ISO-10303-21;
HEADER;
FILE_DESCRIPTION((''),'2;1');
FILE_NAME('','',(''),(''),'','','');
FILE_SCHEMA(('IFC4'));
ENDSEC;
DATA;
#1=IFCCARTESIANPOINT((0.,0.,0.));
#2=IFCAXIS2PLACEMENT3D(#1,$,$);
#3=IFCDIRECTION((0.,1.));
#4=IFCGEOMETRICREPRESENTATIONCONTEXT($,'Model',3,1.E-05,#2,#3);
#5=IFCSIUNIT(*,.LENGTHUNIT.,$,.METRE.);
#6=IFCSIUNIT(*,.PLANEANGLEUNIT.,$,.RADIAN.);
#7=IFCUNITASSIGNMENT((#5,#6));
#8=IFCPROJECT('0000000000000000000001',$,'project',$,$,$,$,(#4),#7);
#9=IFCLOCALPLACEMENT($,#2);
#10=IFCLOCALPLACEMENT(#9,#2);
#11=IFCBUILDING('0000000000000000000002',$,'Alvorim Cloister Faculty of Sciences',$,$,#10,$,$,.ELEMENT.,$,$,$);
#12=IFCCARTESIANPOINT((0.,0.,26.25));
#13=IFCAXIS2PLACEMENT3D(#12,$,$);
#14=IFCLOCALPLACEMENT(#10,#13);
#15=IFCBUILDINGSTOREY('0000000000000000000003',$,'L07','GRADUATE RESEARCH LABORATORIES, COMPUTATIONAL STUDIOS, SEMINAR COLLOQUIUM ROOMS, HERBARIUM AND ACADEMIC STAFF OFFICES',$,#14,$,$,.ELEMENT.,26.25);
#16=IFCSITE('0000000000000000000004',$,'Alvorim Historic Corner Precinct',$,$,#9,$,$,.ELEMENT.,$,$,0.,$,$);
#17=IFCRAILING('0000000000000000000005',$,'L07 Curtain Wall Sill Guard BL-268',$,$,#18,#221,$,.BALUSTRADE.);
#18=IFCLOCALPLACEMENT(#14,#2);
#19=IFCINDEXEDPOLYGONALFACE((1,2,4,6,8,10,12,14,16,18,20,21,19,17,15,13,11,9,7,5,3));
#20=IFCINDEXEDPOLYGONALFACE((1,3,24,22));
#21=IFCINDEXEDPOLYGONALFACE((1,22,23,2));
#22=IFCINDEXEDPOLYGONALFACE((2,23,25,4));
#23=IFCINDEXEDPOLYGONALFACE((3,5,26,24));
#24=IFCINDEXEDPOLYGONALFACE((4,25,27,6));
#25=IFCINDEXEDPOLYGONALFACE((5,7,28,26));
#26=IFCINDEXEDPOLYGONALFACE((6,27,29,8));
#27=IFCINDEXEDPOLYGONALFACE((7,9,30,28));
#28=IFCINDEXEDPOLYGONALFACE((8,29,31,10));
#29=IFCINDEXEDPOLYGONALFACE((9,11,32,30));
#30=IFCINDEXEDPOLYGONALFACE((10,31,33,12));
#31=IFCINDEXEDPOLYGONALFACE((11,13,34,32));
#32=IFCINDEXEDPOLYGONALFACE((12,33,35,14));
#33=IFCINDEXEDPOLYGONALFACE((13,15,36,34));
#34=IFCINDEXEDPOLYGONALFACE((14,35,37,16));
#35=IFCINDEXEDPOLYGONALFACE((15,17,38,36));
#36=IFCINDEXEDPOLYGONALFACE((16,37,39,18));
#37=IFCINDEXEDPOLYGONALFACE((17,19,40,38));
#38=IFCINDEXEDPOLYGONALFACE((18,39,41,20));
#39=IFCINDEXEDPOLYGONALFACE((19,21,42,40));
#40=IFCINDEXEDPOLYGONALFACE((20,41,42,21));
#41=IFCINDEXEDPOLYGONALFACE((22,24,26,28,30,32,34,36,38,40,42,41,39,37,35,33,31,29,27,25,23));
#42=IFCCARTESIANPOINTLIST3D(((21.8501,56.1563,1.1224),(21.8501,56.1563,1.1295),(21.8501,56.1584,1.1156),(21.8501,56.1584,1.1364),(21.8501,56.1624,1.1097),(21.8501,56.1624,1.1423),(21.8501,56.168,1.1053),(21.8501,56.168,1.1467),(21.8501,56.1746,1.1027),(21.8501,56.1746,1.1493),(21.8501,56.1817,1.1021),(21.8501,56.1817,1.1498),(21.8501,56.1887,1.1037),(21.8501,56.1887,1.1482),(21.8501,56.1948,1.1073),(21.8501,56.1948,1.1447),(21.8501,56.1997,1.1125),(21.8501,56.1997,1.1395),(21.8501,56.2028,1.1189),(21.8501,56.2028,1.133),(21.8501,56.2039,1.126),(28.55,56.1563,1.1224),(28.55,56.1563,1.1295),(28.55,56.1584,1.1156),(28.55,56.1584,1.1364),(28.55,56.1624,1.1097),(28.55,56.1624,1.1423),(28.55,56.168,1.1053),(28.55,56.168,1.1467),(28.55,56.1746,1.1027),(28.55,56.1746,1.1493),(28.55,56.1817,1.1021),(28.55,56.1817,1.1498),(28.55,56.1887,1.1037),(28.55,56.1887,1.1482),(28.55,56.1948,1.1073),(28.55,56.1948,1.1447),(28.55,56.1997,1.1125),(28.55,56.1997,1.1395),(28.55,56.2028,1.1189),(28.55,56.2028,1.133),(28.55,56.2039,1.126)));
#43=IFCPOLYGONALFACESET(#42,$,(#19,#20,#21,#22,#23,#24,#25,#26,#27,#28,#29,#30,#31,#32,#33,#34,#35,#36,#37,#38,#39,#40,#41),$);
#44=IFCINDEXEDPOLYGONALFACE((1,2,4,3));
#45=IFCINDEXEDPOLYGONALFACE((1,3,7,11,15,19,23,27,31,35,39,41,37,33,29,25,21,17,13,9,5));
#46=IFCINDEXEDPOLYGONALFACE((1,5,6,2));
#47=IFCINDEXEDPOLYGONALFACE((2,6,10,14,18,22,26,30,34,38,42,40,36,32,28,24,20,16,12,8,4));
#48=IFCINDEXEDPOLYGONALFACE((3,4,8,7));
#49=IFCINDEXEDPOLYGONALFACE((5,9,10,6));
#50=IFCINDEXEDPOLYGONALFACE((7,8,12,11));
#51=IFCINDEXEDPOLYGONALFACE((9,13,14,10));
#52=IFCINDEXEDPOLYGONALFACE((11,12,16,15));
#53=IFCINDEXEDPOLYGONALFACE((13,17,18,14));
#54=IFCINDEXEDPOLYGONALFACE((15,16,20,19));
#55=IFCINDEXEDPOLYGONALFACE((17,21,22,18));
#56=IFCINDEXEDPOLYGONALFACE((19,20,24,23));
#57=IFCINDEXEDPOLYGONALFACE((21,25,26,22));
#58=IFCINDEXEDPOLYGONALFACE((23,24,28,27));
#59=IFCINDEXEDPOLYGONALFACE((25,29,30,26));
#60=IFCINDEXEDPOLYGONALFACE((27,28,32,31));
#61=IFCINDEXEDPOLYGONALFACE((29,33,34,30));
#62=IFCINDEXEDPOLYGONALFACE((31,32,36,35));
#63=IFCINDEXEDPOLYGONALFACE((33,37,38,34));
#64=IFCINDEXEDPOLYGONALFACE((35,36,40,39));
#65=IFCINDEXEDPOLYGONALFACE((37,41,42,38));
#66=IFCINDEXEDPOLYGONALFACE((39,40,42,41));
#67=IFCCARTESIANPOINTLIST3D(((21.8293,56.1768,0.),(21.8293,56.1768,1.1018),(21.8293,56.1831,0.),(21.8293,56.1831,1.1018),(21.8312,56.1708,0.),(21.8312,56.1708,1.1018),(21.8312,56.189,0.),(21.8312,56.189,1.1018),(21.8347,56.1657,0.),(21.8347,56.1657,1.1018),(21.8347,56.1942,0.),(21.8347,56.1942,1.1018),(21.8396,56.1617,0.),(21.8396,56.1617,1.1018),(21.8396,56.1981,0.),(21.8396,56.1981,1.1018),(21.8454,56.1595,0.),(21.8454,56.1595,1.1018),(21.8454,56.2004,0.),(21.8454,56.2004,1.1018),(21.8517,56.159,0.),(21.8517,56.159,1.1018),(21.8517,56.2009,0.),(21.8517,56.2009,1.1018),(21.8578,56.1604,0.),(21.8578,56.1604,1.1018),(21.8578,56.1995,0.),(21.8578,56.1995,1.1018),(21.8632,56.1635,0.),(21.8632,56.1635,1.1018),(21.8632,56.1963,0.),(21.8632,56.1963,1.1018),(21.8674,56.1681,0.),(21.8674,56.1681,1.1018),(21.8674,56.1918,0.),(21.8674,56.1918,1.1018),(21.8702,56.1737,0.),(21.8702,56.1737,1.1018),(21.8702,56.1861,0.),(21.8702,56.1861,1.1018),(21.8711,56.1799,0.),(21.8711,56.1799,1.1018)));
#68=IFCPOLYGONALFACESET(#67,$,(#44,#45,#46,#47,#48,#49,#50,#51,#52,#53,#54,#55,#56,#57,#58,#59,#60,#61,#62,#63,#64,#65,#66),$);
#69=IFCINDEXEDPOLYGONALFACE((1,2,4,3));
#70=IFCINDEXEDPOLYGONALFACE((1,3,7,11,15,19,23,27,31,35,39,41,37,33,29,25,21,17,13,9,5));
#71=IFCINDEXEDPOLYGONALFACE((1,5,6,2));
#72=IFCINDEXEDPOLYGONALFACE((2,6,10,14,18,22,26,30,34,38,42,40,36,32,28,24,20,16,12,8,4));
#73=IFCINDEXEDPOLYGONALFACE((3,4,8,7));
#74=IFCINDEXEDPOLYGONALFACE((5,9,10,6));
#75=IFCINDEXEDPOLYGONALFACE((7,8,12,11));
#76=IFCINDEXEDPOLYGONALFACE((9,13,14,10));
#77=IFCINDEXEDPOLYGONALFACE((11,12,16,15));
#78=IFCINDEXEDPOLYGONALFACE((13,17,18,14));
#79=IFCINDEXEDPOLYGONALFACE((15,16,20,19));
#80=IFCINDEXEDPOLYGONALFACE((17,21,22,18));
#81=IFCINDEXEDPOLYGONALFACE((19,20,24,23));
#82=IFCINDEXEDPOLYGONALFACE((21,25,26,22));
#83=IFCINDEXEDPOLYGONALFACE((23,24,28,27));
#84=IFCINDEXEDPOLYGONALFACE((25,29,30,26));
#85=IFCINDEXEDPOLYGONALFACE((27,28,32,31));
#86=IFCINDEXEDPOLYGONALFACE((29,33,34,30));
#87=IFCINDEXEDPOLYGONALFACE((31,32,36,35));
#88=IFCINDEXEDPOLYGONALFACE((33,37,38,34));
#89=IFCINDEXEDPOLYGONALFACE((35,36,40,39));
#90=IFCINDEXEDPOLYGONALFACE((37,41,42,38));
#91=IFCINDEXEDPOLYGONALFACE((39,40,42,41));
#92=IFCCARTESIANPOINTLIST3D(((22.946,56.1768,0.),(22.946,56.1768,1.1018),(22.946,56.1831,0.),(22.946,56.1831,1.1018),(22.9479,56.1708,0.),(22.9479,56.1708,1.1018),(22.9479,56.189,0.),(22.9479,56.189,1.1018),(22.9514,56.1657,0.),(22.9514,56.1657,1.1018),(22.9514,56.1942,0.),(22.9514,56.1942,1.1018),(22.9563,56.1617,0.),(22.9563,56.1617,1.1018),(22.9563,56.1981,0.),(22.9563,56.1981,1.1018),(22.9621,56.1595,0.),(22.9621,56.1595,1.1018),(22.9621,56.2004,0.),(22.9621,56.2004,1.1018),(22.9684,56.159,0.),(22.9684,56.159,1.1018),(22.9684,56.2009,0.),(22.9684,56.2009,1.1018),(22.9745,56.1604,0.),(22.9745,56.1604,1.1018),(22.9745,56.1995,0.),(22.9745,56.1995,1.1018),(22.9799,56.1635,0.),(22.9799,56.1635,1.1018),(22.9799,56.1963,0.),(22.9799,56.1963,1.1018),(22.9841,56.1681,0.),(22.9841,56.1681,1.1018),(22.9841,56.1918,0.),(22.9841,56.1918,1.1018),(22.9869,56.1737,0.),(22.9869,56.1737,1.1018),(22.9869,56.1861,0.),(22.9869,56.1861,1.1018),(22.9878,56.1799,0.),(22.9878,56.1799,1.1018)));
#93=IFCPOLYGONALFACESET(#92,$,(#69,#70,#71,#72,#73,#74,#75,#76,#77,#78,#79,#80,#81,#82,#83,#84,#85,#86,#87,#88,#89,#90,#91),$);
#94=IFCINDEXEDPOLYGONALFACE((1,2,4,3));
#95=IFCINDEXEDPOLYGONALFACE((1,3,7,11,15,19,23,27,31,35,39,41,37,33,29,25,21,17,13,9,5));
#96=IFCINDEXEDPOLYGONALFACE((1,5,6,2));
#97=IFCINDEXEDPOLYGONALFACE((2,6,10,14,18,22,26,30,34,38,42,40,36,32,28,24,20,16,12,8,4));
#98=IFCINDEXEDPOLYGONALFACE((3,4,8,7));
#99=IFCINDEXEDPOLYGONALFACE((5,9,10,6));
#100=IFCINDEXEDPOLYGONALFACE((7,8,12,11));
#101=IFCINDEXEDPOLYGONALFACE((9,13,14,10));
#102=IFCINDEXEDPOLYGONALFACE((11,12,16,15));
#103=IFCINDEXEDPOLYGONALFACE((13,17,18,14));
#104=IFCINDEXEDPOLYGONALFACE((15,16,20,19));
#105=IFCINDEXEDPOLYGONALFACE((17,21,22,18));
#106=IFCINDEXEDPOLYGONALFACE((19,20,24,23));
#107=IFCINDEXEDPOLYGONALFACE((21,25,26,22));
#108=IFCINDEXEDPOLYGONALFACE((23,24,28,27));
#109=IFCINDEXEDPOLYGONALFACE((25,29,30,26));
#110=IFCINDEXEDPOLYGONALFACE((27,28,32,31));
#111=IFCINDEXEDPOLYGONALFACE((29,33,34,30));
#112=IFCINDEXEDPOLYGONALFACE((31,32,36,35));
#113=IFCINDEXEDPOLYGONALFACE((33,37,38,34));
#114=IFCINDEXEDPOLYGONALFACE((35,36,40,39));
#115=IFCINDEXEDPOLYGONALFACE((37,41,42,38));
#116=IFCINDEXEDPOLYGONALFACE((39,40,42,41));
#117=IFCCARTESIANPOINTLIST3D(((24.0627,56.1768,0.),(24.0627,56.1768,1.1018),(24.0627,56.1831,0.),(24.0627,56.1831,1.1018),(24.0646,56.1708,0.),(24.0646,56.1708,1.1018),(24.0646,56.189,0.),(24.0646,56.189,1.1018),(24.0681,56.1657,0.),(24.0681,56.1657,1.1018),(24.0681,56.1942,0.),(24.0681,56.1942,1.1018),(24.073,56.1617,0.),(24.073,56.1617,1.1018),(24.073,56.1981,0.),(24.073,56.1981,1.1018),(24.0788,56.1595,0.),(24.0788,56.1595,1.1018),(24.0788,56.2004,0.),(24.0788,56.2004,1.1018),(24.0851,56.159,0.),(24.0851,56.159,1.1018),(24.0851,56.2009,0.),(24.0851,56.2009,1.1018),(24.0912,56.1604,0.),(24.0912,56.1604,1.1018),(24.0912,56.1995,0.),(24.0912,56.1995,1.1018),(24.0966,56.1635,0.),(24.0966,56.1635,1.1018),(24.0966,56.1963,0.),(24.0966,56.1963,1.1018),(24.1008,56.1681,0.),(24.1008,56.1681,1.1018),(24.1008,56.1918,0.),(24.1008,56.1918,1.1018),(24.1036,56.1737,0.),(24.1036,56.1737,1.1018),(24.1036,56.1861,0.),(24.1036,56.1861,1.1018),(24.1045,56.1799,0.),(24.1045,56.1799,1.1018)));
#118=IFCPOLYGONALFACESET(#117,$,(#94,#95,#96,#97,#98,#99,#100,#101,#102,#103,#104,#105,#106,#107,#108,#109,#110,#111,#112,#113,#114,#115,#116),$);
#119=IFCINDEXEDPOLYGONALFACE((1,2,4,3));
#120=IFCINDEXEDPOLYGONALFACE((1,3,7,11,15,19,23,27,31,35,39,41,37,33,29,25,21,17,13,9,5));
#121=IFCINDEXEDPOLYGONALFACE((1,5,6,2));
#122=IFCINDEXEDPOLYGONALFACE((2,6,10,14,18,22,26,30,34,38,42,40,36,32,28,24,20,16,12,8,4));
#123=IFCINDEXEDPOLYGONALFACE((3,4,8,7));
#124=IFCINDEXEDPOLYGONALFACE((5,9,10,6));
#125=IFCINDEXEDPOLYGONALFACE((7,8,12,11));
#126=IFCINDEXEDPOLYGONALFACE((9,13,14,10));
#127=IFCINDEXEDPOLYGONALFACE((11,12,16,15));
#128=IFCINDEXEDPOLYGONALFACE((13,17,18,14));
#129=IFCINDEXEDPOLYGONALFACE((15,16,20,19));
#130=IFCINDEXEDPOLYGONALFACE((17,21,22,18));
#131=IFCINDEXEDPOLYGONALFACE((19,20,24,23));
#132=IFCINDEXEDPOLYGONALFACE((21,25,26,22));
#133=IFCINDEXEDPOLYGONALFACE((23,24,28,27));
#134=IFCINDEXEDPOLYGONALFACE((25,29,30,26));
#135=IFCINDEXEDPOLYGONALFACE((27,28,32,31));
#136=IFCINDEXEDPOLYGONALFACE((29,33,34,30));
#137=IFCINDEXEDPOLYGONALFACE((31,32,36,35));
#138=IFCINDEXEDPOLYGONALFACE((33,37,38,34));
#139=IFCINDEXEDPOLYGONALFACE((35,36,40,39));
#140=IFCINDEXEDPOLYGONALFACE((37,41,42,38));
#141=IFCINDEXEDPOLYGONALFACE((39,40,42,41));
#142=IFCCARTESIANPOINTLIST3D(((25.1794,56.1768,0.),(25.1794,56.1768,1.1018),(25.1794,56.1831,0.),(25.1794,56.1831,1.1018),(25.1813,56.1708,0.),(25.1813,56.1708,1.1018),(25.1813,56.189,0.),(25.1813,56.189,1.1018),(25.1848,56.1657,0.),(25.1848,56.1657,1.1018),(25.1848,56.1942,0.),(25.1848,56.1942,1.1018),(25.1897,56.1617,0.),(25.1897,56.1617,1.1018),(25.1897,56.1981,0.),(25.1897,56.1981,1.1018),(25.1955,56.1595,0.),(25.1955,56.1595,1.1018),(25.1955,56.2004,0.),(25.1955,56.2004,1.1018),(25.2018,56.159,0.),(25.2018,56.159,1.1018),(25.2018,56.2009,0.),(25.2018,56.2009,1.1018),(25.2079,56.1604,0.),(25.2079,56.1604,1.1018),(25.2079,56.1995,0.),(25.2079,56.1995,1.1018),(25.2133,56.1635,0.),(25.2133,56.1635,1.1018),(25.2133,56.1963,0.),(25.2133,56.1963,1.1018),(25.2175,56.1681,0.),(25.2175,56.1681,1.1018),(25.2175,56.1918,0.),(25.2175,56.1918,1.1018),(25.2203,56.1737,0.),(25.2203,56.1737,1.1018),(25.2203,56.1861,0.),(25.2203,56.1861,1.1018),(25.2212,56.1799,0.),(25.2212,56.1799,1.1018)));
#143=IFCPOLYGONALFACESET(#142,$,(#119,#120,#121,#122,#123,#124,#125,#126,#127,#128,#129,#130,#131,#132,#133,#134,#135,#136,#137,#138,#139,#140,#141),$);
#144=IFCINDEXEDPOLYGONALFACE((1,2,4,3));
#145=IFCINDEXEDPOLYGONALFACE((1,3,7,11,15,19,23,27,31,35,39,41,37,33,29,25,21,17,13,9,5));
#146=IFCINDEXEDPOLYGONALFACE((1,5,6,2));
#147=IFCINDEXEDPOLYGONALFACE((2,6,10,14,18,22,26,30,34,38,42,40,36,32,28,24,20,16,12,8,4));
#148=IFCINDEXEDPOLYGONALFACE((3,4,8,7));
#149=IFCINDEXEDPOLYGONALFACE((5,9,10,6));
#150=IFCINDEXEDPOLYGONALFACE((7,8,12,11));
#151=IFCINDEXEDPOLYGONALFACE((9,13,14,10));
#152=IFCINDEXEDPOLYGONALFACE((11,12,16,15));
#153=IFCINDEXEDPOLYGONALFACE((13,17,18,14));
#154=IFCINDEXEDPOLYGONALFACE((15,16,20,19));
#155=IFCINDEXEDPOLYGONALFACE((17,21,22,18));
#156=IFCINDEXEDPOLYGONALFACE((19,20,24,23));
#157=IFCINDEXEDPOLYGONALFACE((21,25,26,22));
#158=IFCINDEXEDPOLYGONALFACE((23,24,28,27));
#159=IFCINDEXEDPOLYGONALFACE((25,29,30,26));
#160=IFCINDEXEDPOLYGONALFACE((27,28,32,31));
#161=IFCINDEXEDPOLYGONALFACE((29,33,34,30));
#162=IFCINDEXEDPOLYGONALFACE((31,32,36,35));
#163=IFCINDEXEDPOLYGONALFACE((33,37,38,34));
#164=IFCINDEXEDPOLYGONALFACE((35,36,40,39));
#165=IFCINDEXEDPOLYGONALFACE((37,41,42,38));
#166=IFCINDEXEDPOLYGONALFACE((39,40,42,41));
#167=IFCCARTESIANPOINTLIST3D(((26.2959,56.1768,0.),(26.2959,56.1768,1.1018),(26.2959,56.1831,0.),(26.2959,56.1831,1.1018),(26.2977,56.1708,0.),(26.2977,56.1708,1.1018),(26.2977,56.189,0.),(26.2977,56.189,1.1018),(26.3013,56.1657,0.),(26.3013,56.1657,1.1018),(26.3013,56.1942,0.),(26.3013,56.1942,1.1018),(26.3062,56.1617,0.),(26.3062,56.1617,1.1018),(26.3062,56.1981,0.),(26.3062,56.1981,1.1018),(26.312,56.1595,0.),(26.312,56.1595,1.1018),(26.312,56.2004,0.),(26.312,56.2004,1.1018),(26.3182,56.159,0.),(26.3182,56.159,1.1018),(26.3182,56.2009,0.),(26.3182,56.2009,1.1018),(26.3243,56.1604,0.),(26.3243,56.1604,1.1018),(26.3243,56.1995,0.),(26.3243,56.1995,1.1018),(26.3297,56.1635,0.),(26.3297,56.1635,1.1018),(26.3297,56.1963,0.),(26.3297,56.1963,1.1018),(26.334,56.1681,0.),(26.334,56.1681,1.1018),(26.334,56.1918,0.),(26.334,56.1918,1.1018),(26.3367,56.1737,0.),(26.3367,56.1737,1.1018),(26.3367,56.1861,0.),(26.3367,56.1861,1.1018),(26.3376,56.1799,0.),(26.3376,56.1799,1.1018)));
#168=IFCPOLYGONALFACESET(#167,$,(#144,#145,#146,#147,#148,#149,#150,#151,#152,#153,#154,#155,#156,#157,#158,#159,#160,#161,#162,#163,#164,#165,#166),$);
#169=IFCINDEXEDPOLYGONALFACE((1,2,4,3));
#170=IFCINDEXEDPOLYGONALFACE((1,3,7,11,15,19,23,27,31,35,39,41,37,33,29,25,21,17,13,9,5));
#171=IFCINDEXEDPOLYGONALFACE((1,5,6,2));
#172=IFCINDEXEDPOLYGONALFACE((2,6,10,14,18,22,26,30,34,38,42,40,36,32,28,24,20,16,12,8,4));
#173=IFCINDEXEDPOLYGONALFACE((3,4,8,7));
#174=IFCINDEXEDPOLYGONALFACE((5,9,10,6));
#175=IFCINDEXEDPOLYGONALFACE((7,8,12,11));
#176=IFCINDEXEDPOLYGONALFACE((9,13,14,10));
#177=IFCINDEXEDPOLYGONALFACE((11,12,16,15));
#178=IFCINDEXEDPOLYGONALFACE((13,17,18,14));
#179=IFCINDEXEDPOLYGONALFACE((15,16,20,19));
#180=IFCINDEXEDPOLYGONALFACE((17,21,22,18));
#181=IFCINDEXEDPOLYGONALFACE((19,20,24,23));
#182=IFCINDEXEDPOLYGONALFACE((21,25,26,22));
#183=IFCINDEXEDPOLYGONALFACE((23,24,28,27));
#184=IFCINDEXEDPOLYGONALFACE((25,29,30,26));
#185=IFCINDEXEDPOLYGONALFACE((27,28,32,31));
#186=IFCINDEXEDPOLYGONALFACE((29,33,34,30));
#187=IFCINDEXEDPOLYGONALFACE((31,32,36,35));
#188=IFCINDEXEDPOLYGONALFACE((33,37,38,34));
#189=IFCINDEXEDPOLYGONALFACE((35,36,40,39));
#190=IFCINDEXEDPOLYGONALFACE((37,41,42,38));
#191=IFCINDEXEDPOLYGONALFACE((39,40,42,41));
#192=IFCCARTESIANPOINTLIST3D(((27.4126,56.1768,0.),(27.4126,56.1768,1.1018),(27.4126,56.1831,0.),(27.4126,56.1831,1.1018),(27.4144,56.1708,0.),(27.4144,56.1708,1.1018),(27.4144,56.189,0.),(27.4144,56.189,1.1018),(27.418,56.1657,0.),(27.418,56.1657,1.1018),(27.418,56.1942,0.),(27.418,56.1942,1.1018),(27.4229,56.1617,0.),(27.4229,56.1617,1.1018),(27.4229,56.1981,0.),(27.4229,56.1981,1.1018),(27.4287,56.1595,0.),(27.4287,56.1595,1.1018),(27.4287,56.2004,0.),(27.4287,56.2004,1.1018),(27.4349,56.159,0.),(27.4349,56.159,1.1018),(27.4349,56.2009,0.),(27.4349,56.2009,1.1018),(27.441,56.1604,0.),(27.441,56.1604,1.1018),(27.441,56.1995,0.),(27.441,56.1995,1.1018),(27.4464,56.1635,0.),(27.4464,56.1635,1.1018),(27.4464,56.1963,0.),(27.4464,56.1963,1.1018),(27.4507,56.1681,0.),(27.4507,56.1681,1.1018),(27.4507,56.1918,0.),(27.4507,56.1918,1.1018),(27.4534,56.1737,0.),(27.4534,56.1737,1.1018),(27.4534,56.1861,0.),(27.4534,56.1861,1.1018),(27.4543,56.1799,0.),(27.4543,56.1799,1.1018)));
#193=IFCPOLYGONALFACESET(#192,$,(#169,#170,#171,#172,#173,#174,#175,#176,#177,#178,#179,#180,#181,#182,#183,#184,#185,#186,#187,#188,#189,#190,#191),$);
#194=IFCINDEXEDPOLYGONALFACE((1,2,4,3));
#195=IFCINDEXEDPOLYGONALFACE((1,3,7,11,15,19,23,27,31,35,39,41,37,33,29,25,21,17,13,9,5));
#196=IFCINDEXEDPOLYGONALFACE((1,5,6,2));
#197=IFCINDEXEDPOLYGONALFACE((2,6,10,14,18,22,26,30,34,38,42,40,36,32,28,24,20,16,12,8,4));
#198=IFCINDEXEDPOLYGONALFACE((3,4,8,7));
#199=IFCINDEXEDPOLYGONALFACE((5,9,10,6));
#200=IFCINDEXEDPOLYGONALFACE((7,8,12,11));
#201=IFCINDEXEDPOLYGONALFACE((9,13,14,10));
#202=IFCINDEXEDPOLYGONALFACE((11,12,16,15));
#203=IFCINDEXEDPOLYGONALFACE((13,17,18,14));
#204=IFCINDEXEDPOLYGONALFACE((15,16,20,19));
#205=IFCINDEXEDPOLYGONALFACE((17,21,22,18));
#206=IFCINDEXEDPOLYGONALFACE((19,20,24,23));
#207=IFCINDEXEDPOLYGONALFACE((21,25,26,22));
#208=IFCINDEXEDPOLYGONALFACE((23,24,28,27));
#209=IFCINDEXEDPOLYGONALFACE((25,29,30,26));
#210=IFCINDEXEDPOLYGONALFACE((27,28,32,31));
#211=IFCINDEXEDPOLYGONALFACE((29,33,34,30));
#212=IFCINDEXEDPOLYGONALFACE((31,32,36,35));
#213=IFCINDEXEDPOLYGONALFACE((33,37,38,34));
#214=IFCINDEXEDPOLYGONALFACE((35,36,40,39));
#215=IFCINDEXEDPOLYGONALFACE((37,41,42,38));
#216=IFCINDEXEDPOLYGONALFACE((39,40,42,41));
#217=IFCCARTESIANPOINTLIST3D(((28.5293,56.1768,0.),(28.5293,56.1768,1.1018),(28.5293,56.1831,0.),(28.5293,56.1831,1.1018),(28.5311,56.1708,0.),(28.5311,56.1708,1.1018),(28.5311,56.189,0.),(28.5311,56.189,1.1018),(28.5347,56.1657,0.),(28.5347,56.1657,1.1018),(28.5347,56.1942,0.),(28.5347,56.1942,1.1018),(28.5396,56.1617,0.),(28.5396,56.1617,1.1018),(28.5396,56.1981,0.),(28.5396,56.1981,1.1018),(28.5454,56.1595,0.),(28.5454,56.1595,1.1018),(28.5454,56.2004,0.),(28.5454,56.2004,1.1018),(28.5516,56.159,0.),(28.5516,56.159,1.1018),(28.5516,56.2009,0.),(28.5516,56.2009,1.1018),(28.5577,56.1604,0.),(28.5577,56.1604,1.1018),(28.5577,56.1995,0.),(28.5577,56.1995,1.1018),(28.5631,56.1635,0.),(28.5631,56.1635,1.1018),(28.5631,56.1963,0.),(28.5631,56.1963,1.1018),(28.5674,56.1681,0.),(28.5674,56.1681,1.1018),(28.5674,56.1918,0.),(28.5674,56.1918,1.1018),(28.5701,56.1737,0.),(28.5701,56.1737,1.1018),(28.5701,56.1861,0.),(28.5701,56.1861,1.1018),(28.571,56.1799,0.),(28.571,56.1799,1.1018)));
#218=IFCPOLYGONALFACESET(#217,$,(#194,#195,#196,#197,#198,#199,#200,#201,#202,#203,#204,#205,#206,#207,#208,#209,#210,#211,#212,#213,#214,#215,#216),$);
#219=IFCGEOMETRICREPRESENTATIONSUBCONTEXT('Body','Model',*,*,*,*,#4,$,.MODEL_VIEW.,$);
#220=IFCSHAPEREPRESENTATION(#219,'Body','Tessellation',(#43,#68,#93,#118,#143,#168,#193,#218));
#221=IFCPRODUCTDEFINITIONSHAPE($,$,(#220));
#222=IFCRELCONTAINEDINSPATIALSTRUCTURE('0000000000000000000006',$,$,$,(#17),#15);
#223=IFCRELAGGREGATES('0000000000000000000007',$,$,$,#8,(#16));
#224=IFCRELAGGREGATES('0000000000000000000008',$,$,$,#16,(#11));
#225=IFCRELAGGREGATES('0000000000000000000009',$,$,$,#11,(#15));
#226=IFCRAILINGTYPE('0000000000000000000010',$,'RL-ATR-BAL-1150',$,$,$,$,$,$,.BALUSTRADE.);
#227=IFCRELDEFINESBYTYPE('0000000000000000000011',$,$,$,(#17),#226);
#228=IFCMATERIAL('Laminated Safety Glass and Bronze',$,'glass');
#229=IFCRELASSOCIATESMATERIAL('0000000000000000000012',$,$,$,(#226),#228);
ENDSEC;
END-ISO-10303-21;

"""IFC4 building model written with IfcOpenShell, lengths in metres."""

from ifc_helpers import new_model, si_unit, direction, frame, origin, origin_2d, place, context, subcontext, project, spatial, circle, extrude, material, type_object, element, save


model = new_model("IFC4")

# Units and contexts
model_context = context("Model", 3, precision=1e-05, world=origin(), true_north=direction((0.0, 1.0)))
body_context = subcontext(model_context, "Body", "Model", "MODEL_VIEW")
ifc_project = project(units=[si_unit("LENGTHUNIT", "METRE"), si_unit("PLANEANGLEUNIT", "RADIAN")], contexts=[model_context])

# Site, building, storey
site_placement = place(None, origin())
site = spatial("IfcSite", under=ifc_project, at=site_placement, Name="Alvorim Historic Corner Precinct", CompositionType="ELEMENT", RefElevation=0.0)
building_placement = place(site_placement, origin())
building = spatial("IfcBuilding", under=site, at=building_placement, Name="Alvorim Cloister Faculty of Sciences", CompositionType="ELEMENT")
storey_placement = place(building_placement, frame((0.0, 0.0, 26.25)))
storey = spatial("IfcBuildingStorey", under=building, at=storey_placement, Name="L07", Description="GRADUATE RESEARCH LABORATORIES, COMPUTATIONAL STUDIOS, SEMINAR COLLOQUIUM ROOMS, HERBARIUM AND ACADEMIC STAFF OFFICES", CompositionType="ELEMENT", Elevation=26.25)

# Railing
ifc_material_1 = material(Name="Laminated Safety Glass and Bronze", Category="glass")
railing_type_1 = type_object("IfcRailingType", Name="RL-ATR-BAL-1150", PredefinedType="BALUSTRADE", material=ifc_material_1)
railing_1_placement = place(storey_placement, frame((21.8501, 56.1799, 0.0)))
element("IfcRailing", 1, at=railing_1_placement, inside=storey, type_object=railing_type_1, Name="L07 Curtain Wall Sill Guard BL-268", PredefinedType="BALUSTRADE", context=body_context, shape_type="SweptSolid", body=[
    extrude(circle(Radius=0.0239, at=origin_2d()), frame((0.0, 0.0, 1.126), z_axis=(1.0, 0.0, 0.0), x_axis=(0.0, 1.0, 0.0)), (0.0, 0.0, 1.0), 6.7),
    extrude(circle(Radius=0.021, at=origin_2d()), origin(), (0.0, 0.0, 1.0), 1.1018),
    extrude(circle(Radius=0.021, at=origin_2d()), frame((1.1167, 0.0, 0.0)), (0.0, 0.0, 1.0), 1.1018),
    extrude(circle(Radius=0.021, at=origin_2d()), frame((2.2334, 0.0, 0.0)), (0.0, 0.0, 1.0), 1.1018),
    extrude(circle(Radius=0.021, at=origin_2d()), frame((3.3501, 0.0, 0.0)), (0.0, 0.0, 1.0), 1.1018),
    extrude(circle(Radius=0.021, at=origin_2d()), frame((4.4666, 0.0, 0.0)), (0.0, 0.0, 1.0), 1.1018),
    extrude(circle(Radius=0.021, at=origin_2d()), frame((5.5833, 0.0, 0.0)), (0.0, 0.0, 1.0), 1.1018),
    extrude(circle(Radius=0.021, at=origin_2d()), frame((6.7, 0.0, 0.0)), (0.0, 0.0, 1.0), 1.1018),
])

save(model, "model.ifc")
